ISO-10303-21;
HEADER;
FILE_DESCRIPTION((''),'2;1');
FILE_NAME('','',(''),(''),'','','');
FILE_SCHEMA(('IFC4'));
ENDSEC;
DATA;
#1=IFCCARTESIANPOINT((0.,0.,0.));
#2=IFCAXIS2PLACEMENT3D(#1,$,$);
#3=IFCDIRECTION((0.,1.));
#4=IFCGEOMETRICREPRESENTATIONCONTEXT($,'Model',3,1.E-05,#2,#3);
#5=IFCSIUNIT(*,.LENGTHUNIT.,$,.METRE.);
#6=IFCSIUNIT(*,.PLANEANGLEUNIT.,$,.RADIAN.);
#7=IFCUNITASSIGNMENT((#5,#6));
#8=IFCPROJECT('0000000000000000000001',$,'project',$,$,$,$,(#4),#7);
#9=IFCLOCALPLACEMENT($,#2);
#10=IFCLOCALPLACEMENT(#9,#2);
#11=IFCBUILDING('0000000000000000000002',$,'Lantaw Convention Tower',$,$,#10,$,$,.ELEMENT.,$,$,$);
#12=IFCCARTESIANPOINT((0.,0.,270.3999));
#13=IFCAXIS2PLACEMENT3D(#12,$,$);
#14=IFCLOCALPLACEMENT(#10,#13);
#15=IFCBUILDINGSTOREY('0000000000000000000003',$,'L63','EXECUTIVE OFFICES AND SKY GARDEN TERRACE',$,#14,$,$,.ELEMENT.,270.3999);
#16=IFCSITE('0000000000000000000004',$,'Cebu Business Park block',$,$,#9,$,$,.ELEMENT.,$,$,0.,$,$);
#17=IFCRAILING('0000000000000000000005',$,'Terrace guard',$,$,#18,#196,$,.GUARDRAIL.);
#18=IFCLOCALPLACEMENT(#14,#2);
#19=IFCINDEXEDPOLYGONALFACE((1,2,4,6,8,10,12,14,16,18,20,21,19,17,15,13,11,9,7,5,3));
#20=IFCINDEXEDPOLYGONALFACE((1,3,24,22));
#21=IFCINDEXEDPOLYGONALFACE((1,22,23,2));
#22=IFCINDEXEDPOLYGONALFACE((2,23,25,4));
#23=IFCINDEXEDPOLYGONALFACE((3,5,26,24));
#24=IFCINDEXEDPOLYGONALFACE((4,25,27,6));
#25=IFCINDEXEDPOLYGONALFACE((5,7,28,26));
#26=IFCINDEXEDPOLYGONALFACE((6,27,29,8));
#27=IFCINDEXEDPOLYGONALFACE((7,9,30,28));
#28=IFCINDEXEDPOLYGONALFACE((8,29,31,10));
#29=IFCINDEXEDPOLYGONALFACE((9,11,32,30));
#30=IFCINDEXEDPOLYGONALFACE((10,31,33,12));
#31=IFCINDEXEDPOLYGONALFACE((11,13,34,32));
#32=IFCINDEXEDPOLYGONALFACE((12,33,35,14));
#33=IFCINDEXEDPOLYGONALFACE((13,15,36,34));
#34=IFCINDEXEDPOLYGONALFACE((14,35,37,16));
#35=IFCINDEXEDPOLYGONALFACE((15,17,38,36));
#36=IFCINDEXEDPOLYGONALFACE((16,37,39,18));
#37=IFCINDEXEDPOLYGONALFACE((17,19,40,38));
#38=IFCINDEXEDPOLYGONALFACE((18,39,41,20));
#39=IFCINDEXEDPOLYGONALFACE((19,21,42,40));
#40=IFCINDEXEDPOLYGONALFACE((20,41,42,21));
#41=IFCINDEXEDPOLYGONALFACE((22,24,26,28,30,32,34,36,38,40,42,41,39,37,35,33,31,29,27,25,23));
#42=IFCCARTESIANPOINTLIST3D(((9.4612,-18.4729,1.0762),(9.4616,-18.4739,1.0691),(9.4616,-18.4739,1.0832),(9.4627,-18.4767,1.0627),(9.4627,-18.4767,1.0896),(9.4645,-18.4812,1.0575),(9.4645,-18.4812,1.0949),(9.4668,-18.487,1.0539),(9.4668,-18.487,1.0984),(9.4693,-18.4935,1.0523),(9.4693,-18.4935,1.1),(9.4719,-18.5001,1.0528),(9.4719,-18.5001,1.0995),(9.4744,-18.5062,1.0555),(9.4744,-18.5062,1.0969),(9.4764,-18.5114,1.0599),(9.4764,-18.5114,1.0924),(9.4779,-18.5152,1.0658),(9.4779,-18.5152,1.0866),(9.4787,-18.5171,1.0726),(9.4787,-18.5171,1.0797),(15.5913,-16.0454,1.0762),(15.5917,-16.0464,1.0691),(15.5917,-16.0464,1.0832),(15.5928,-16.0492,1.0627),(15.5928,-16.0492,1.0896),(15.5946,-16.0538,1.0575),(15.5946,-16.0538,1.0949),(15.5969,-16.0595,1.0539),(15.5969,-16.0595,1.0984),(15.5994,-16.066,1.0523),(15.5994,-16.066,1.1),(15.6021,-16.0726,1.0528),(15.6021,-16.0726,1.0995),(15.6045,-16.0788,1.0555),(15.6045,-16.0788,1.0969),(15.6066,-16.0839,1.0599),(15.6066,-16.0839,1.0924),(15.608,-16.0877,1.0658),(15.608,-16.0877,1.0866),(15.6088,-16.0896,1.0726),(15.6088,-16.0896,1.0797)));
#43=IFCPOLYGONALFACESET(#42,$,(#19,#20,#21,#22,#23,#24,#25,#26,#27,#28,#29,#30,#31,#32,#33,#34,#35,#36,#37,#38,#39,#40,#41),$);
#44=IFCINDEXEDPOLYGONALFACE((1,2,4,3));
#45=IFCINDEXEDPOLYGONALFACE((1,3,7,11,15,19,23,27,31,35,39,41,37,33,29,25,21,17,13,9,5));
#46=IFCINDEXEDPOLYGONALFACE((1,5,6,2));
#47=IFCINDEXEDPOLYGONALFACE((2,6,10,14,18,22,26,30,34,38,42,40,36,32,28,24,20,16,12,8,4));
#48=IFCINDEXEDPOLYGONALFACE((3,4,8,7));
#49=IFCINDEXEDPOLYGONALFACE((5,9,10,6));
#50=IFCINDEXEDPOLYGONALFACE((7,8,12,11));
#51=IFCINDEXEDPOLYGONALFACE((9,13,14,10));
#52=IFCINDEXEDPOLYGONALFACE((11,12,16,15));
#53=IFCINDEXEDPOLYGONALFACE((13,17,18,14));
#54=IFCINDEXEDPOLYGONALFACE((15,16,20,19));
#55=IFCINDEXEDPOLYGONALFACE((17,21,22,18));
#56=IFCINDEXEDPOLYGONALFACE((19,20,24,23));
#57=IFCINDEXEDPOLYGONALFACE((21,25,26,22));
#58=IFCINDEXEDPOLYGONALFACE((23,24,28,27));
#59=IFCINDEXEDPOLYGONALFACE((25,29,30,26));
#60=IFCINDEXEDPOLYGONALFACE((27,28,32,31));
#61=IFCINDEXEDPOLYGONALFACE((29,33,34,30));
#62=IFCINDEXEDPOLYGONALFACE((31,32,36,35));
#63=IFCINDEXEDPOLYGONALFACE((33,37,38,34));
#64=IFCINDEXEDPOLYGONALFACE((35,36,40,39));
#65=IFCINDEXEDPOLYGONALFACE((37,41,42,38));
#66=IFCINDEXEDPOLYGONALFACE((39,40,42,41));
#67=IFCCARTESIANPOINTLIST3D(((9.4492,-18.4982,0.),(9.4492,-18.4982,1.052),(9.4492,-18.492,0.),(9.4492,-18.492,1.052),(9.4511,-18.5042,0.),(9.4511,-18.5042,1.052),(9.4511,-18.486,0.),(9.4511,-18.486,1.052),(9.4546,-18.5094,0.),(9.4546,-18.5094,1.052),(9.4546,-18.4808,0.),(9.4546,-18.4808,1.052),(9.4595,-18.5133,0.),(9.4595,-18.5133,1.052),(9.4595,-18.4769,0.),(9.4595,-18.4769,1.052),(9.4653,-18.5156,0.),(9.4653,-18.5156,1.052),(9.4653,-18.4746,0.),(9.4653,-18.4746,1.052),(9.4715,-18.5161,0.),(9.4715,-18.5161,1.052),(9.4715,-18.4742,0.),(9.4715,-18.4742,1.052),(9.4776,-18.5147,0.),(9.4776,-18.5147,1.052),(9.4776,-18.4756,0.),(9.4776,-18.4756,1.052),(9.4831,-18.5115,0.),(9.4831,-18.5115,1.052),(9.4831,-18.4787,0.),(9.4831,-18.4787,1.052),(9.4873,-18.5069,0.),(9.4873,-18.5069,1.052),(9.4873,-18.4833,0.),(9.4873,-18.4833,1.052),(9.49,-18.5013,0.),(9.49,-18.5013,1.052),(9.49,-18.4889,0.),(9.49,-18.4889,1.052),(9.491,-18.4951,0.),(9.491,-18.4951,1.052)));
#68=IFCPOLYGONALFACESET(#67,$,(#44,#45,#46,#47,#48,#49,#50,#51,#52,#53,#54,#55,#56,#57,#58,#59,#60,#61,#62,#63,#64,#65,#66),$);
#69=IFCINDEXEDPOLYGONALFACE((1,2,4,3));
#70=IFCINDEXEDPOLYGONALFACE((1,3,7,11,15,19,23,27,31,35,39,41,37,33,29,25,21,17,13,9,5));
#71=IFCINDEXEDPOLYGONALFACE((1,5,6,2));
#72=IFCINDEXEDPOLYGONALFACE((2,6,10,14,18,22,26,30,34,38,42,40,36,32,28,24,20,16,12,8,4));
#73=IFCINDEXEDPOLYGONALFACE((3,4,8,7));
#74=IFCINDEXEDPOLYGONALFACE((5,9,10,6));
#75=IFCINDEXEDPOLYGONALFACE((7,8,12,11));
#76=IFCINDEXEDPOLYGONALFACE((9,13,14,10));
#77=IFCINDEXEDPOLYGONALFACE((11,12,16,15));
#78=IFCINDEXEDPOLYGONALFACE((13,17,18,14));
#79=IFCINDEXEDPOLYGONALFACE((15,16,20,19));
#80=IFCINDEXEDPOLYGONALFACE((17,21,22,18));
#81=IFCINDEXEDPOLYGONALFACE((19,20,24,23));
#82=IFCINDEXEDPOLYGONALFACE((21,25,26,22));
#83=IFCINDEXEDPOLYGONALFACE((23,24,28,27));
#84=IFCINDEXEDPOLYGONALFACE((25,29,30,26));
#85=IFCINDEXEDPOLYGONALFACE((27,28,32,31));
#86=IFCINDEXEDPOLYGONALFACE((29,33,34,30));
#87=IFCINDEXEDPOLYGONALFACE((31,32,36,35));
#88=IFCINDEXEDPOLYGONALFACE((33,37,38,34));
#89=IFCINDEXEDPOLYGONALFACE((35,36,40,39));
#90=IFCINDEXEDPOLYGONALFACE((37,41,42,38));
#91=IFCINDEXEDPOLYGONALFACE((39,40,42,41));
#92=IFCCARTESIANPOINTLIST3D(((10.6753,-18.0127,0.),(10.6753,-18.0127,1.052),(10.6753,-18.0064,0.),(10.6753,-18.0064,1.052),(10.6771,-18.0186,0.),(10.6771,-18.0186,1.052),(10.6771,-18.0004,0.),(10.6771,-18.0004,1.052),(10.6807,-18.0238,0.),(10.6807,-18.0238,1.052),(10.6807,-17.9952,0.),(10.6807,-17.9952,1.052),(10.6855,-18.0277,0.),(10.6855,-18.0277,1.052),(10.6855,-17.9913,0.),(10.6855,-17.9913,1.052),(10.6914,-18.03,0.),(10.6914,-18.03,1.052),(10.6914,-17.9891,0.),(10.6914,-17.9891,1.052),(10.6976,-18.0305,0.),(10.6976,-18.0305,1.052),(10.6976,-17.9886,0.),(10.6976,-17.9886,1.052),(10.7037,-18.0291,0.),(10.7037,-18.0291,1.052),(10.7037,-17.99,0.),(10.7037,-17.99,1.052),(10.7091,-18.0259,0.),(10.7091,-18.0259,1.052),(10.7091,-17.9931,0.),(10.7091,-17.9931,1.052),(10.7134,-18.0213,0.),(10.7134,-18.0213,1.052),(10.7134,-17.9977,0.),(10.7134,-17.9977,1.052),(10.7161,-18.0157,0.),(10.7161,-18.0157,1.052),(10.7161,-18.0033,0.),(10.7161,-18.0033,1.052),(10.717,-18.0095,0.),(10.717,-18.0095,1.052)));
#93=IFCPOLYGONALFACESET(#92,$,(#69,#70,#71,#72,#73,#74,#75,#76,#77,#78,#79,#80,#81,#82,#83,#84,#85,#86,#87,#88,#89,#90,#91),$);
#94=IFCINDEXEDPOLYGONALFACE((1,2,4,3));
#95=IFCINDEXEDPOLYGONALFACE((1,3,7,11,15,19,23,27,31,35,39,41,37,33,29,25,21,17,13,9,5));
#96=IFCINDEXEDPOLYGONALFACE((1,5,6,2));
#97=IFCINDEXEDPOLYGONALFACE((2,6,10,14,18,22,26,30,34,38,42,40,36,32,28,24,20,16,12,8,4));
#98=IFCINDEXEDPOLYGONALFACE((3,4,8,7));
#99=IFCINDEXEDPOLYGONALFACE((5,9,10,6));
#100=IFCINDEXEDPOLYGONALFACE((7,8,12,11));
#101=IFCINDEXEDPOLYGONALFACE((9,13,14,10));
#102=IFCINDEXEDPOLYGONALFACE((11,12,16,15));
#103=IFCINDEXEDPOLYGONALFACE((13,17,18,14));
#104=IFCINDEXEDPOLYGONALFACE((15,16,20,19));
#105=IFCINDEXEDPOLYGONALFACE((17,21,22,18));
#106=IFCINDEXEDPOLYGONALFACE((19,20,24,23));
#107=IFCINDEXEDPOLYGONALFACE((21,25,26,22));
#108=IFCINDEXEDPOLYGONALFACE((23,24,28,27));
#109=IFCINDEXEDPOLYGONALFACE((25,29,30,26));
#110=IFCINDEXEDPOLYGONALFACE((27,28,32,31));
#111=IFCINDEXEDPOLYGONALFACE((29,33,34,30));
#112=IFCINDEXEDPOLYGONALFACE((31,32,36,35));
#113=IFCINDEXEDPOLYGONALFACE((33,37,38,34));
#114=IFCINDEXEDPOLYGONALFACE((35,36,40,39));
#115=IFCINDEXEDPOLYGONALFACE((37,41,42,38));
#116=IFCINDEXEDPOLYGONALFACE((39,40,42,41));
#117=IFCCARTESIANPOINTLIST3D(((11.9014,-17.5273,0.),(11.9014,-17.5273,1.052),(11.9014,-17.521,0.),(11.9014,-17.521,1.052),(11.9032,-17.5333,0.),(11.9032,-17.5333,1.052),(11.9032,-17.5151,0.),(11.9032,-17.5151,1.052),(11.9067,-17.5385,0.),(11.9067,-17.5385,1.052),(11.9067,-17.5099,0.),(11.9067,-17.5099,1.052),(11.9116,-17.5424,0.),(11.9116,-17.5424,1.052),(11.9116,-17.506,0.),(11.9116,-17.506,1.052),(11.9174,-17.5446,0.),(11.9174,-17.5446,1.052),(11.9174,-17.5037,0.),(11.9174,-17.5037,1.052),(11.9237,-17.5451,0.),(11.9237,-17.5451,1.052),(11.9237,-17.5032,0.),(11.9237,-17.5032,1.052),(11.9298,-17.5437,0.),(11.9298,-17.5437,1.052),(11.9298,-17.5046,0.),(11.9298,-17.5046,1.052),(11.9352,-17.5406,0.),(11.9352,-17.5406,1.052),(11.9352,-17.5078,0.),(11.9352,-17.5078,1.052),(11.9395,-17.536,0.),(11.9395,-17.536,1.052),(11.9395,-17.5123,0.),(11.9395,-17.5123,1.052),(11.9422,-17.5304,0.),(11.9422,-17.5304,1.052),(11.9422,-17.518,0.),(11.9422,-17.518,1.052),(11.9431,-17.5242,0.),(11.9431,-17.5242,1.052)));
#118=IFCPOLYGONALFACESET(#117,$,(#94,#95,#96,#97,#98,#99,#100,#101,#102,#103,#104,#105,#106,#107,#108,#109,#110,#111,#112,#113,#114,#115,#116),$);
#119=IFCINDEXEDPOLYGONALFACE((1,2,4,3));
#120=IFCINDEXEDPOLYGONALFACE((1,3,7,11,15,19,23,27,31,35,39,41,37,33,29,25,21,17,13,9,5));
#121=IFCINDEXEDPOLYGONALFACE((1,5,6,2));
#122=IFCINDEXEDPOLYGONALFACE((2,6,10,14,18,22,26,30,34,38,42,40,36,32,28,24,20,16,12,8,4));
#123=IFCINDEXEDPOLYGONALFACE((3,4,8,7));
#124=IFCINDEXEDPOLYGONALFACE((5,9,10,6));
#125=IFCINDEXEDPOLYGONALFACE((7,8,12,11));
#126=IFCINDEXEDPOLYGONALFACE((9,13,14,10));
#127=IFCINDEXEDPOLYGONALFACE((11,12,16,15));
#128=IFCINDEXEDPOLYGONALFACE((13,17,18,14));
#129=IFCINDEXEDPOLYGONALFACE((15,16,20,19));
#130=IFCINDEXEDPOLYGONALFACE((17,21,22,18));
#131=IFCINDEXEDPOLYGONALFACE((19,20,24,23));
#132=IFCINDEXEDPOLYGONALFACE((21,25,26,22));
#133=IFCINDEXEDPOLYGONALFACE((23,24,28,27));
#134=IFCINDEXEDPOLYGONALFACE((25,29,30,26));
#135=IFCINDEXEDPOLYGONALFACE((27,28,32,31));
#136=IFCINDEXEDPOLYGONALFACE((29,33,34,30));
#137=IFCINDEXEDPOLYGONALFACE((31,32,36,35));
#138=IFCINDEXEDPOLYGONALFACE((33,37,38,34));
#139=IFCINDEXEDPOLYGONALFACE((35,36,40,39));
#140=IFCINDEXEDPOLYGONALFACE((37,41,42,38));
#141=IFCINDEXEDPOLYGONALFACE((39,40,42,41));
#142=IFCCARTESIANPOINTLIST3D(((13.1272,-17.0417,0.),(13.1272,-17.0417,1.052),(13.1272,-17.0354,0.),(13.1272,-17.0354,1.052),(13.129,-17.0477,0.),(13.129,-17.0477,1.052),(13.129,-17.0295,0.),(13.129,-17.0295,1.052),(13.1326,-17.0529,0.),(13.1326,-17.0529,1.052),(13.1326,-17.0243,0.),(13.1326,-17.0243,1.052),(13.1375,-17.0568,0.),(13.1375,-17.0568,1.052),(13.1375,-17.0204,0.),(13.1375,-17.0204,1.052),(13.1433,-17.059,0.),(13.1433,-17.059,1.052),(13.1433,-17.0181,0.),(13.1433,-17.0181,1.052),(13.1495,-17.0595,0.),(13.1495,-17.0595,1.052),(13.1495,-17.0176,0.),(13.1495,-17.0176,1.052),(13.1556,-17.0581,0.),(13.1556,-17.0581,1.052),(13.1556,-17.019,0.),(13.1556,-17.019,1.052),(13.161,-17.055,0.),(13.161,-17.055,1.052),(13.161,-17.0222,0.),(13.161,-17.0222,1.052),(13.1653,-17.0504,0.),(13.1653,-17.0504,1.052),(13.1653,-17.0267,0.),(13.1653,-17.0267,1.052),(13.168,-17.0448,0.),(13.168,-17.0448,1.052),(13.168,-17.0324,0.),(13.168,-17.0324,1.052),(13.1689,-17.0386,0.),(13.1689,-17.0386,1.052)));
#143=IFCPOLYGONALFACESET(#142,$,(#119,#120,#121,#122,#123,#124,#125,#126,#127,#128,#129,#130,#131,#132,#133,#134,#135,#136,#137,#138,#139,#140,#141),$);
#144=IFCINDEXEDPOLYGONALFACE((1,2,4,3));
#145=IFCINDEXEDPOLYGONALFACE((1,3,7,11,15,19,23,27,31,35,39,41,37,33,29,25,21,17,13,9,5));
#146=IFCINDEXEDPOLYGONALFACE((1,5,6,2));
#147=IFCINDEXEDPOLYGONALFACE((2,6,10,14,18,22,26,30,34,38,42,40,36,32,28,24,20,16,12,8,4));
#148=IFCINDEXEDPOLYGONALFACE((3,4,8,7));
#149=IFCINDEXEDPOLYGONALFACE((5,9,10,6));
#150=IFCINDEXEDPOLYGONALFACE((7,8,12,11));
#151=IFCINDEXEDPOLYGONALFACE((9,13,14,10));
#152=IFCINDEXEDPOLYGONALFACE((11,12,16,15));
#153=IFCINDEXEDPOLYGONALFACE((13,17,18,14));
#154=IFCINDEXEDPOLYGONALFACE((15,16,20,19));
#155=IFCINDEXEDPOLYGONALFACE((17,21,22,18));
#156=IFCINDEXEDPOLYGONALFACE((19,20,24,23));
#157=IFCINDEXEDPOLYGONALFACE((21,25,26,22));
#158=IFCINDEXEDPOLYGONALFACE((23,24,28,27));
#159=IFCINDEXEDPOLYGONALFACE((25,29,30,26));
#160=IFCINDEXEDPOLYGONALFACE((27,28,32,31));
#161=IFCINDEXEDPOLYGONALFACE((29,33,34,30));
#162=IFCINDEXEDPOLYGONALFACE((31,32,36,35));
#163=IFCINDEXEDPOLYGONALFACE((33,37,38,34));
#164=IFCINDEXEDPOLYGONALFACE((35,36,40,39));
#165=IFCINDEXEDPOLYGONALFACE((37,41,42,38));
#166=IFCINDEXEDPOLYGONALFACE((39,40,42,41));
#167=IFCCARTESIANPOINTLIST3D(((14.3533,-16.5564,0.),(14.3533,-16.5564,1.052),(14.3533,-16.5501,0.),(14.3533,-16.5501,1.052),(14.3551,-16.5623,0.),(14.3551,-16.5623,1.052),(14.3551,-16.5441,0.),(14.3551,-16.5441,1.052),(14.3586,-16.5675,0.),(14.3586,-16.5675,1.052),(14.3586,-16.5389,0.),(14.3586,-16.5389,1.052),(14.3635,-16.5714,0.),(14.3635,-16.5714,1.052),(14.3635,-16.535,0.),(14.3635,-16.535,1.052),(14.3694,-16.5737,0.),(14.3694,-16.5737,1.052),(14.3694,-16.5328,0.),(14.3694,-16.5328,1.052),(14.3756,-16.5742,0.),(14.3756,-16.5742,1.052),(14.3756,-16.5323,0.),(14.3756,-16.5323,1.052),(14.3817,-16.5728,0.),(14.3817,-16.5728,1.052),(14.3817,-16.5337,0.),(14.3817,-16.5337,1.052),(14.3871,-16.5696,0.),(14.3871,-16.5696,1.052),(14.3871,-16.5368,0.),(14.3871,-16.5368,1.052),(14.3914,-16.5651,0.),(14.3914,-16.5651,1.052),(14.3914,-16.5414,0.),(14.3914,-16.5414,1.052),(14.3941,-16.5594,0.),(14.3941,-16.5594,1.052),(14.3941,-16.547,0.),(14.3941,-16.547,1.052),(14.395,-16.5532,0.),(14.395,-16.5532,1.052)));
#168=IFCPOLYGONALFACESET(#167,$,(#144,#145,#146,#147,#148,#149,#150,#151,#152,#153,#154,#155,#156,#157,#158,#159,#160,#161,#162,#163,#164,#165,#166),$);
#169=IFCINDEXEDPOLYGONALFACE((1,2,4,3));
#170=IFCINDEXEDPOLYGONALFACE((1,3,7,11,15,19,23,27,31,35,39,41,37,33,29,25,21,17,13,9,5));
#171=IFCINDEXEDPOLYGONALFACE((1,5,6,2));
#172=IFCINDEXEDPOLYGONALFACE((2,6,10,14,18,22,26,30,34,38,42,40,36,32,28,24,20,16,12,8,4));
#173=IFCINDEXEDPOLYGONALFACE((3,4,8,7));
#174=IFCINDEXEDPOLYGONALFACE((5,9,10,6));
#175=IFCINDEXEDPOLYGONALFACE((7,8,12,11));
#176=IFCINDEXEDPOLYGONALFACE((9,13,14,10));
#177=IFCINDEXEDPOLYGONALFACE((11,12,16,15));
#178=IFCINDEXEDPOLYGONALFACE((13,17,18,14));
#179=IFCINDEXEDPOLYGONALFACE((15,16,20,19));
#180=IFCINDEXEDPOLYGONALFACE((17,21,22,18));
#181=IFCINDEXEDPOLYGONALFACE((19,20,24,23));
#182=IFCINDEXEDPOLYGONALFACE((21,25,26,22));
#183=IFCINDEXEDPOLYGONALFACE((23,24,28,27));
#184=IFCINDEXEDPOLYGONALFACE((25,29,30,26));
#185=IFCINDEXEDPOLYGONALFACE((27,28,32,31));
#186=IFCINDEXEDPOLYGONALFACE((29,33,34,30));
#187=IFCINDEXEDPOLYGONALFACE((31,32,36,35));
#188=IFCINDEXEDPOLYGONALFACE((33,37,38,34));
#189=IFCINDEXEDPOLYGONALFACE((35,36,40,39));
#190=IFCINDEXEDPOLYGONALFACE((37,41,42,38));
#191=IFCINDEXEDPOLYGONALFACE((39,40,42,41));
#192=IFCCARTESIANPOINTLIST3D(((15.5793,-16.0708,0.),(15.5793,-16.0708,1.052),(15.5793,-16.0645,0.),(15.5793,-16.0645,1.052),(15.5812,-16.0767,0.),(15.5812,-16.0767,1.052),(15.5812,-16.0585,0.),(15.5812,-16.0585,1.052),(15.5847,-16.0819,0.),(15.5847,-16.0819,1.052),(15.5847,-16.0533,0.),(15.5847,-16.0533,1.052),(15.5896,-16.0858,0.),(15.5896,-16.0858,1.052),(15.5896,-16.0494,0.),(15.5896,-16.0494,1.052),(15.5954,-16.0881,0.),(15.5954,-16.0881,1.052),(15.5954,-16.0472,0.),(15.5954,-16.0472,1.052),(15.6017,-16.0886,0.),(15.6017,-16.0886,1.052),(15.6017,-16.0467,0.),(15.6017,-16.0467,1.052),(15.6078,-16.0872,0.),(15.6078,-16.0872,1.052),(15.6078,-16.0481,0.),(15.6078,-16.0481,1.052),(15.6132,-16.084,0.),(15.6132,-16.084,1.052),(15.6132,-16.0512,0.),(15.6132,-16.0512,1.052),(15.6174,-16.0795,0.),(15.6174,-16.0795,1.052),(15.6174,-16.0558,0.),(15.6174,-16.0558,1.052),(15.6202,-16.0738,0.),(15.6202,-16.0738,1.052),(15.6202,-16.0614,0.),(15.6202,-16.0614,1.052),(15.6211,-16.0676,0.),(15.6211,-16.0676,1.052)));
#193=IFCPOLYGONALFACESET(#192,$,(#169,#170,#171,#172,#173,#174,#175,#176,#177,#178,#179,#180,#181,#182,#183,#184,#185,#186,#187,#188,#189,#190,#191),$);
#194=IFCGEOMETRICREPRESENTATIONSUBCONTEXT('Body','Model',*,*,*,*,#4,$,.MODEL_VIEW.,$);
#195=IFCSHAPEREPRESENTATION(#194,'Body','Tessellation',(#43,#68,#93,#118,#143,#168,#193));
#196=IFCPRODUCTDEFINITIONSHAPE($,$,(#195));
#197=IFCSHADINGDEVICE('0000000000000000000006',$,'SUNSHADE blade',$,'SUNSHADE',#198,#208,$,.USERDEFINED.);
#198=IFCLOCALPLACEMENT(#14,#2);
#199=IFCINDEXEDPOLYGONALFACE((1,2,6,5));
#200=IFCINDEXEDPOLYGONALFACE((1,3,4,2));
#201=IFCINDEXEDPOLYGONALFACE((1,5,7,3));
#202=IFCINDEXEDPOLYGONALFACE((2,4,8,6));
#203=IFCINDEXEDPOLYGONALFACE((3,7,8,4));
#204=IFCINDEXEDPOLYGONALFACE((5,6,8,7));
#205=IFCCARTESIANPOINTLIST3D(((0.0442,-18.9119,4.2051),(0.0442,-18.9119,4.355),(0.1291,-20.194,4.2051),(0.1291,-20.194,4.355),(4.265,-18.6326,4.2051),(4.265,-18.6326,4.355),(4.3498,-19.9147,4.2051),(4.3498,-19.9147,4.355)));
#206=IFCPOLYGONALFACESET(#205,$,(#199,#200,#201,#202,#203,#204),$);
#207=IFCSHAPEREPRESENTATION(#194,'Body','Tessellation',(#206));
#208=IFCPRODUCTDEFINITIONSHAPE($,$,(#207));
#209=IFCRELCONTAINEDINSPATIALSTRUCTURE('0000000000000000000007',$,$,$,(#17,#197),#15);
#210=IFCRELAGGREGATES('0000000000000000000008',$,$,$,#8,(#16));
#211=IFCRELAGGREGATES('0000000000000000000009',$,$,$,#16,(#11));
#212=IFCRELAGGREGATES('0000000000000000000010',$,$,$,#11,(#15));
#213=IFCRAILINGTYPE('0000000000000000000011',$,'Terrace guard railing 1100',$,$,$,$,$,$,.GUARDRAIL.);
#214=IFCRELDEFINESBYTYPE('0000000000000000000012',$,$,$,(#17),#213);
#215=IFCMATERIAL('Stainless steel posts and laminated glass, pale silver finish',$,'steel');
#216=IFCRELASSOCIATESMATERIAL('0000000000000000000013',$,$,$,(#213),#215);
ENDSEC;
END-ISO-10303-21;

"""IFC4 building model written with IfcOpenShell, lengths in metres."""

from ifc_helpers import new_model, si_unit, direction, frame, origin, origin_2d, place, context, subcontext, project, spatial, rectangle, circle, extrude, material, type_object, element, save


model = new_model("IFC4")

# Units and contexts
model_context = context("Model", 3, precision=1e-05, world=origin(), true_north=direction((0.0, 1.0)))
body_context = subcontext(model_context, "Body", "Model", "MODEL_VIEW")
ifc_project = project(units=[si_unit("LENGTHUNIT", "METRE"), si_unit("PLANEANGLEUNIT", "RADIAN")], contexts=[model_context])

# Site, building, storey
site_placement = place(None, origin())
site = spatial("IfcSite", under=ifc_project, at=site_placement, Name="Cebu Business Park block", CompositionType="ELEMENT", RefElevation=0.0)
building_placement = place(site_placement, origin())
building = spatial("IfcBuilding", under=site, at=building_placement, Name="Lantaw Convention Tower", CompositionType="ELEMENT")
storey_placement = place(building_placement, frame((0.0, 0.0, 270.3999)))
storey = spatial("IfcBuildingStorey", under=building, at=storey_placement, Name="L63", Description="EXECUTIVE OFFICES AND SKY GARDEN TERRACE", CompositionType="ELEMENT", Elevation=270.3999)

# Railing
ifc_material_1 = material(Name="Stainless steel posts and laminated glass, pale silver finish", Category="steel")
railing_type = type_object("IfcRailingType", Name="Terrace guard railing 1100", PredefinedType="GUARDRAIL", material=ifc_material_1)
railing_1_placement = place(storey_placement, frame((9.47, -18.4951, 0.0)))
element("IfcRailing", 1, at=railing_1_placement, inside=storey, type_object=railing_type, Name="Terrace guard", PredefinedType="GUARDRAIL", context=body_context, shape_type="SweptSolid", body=[
    extrude(circle(Radius=0.0239, at=origin_2d()), frame((0.0, 0.0, 1.0762), z_axis=(0.929756, 0.368177, 0.0), x_axis=(-0.368177, 0.929756, 0.0)), (0.0, 0.0, 1.0), 6.5933),
    extrude(circle(Radius=0.021, at=origin_2d()), origin(), (0.0, 0.0, 1.0), 1.052),
    extrude(circle(Radius=0.021, at=origin_2d()), frame((1.2261, 0.4856, 0.0)), (0.0, 0.0, 1.0), 1.052),
    extrude(circle(Radius=0.021, at=origin_2d()), frame((2.4521, 0.9709, 0.0)), (0.0, 0.0, 1.0), 1.052),
    extrude(circle(Radius=0.021, at=origin_2d()), frame((3.678, 1.4565, 0.0)), (0.0, 0.0, 1.0), 1.052),
    extrude(circle(Radius=0.021, at=origin_2d()), frame((4.9041, 1.9419, 0.0)), (0.0, 0.0, 1.0), 1.052),
    extrude(circle(Radius=0.021, at=origin_2d()), frame((6.1301, 2.4275, 0.0)), (0.0, 0.0, 1.0), 1.052),
])

# Shading device
shading_device_1_placement = place(storey_placement, frame((2.197, -19.4133, 4.2051), z_axis=(0.0, 0.0, 1.0), x_axis=(0.997818, 0.066025, 0.0)))
element("IfcShadingDevice", 2, at=shading_device_1_placement, inside=storey, Name="SUNSHADE blade", ObjectType="SUNSHADE", PredefinedType="USERDEFINED", context=body_context, shape_type="SweptSolid", body=[
    extrude(rectangle(XDim=4.23, YDim=1.2849, at=origin_2d()), origin(), (0.0, 0.0, 1.0), 0.1499),
])

save(model, "model.ifc")
